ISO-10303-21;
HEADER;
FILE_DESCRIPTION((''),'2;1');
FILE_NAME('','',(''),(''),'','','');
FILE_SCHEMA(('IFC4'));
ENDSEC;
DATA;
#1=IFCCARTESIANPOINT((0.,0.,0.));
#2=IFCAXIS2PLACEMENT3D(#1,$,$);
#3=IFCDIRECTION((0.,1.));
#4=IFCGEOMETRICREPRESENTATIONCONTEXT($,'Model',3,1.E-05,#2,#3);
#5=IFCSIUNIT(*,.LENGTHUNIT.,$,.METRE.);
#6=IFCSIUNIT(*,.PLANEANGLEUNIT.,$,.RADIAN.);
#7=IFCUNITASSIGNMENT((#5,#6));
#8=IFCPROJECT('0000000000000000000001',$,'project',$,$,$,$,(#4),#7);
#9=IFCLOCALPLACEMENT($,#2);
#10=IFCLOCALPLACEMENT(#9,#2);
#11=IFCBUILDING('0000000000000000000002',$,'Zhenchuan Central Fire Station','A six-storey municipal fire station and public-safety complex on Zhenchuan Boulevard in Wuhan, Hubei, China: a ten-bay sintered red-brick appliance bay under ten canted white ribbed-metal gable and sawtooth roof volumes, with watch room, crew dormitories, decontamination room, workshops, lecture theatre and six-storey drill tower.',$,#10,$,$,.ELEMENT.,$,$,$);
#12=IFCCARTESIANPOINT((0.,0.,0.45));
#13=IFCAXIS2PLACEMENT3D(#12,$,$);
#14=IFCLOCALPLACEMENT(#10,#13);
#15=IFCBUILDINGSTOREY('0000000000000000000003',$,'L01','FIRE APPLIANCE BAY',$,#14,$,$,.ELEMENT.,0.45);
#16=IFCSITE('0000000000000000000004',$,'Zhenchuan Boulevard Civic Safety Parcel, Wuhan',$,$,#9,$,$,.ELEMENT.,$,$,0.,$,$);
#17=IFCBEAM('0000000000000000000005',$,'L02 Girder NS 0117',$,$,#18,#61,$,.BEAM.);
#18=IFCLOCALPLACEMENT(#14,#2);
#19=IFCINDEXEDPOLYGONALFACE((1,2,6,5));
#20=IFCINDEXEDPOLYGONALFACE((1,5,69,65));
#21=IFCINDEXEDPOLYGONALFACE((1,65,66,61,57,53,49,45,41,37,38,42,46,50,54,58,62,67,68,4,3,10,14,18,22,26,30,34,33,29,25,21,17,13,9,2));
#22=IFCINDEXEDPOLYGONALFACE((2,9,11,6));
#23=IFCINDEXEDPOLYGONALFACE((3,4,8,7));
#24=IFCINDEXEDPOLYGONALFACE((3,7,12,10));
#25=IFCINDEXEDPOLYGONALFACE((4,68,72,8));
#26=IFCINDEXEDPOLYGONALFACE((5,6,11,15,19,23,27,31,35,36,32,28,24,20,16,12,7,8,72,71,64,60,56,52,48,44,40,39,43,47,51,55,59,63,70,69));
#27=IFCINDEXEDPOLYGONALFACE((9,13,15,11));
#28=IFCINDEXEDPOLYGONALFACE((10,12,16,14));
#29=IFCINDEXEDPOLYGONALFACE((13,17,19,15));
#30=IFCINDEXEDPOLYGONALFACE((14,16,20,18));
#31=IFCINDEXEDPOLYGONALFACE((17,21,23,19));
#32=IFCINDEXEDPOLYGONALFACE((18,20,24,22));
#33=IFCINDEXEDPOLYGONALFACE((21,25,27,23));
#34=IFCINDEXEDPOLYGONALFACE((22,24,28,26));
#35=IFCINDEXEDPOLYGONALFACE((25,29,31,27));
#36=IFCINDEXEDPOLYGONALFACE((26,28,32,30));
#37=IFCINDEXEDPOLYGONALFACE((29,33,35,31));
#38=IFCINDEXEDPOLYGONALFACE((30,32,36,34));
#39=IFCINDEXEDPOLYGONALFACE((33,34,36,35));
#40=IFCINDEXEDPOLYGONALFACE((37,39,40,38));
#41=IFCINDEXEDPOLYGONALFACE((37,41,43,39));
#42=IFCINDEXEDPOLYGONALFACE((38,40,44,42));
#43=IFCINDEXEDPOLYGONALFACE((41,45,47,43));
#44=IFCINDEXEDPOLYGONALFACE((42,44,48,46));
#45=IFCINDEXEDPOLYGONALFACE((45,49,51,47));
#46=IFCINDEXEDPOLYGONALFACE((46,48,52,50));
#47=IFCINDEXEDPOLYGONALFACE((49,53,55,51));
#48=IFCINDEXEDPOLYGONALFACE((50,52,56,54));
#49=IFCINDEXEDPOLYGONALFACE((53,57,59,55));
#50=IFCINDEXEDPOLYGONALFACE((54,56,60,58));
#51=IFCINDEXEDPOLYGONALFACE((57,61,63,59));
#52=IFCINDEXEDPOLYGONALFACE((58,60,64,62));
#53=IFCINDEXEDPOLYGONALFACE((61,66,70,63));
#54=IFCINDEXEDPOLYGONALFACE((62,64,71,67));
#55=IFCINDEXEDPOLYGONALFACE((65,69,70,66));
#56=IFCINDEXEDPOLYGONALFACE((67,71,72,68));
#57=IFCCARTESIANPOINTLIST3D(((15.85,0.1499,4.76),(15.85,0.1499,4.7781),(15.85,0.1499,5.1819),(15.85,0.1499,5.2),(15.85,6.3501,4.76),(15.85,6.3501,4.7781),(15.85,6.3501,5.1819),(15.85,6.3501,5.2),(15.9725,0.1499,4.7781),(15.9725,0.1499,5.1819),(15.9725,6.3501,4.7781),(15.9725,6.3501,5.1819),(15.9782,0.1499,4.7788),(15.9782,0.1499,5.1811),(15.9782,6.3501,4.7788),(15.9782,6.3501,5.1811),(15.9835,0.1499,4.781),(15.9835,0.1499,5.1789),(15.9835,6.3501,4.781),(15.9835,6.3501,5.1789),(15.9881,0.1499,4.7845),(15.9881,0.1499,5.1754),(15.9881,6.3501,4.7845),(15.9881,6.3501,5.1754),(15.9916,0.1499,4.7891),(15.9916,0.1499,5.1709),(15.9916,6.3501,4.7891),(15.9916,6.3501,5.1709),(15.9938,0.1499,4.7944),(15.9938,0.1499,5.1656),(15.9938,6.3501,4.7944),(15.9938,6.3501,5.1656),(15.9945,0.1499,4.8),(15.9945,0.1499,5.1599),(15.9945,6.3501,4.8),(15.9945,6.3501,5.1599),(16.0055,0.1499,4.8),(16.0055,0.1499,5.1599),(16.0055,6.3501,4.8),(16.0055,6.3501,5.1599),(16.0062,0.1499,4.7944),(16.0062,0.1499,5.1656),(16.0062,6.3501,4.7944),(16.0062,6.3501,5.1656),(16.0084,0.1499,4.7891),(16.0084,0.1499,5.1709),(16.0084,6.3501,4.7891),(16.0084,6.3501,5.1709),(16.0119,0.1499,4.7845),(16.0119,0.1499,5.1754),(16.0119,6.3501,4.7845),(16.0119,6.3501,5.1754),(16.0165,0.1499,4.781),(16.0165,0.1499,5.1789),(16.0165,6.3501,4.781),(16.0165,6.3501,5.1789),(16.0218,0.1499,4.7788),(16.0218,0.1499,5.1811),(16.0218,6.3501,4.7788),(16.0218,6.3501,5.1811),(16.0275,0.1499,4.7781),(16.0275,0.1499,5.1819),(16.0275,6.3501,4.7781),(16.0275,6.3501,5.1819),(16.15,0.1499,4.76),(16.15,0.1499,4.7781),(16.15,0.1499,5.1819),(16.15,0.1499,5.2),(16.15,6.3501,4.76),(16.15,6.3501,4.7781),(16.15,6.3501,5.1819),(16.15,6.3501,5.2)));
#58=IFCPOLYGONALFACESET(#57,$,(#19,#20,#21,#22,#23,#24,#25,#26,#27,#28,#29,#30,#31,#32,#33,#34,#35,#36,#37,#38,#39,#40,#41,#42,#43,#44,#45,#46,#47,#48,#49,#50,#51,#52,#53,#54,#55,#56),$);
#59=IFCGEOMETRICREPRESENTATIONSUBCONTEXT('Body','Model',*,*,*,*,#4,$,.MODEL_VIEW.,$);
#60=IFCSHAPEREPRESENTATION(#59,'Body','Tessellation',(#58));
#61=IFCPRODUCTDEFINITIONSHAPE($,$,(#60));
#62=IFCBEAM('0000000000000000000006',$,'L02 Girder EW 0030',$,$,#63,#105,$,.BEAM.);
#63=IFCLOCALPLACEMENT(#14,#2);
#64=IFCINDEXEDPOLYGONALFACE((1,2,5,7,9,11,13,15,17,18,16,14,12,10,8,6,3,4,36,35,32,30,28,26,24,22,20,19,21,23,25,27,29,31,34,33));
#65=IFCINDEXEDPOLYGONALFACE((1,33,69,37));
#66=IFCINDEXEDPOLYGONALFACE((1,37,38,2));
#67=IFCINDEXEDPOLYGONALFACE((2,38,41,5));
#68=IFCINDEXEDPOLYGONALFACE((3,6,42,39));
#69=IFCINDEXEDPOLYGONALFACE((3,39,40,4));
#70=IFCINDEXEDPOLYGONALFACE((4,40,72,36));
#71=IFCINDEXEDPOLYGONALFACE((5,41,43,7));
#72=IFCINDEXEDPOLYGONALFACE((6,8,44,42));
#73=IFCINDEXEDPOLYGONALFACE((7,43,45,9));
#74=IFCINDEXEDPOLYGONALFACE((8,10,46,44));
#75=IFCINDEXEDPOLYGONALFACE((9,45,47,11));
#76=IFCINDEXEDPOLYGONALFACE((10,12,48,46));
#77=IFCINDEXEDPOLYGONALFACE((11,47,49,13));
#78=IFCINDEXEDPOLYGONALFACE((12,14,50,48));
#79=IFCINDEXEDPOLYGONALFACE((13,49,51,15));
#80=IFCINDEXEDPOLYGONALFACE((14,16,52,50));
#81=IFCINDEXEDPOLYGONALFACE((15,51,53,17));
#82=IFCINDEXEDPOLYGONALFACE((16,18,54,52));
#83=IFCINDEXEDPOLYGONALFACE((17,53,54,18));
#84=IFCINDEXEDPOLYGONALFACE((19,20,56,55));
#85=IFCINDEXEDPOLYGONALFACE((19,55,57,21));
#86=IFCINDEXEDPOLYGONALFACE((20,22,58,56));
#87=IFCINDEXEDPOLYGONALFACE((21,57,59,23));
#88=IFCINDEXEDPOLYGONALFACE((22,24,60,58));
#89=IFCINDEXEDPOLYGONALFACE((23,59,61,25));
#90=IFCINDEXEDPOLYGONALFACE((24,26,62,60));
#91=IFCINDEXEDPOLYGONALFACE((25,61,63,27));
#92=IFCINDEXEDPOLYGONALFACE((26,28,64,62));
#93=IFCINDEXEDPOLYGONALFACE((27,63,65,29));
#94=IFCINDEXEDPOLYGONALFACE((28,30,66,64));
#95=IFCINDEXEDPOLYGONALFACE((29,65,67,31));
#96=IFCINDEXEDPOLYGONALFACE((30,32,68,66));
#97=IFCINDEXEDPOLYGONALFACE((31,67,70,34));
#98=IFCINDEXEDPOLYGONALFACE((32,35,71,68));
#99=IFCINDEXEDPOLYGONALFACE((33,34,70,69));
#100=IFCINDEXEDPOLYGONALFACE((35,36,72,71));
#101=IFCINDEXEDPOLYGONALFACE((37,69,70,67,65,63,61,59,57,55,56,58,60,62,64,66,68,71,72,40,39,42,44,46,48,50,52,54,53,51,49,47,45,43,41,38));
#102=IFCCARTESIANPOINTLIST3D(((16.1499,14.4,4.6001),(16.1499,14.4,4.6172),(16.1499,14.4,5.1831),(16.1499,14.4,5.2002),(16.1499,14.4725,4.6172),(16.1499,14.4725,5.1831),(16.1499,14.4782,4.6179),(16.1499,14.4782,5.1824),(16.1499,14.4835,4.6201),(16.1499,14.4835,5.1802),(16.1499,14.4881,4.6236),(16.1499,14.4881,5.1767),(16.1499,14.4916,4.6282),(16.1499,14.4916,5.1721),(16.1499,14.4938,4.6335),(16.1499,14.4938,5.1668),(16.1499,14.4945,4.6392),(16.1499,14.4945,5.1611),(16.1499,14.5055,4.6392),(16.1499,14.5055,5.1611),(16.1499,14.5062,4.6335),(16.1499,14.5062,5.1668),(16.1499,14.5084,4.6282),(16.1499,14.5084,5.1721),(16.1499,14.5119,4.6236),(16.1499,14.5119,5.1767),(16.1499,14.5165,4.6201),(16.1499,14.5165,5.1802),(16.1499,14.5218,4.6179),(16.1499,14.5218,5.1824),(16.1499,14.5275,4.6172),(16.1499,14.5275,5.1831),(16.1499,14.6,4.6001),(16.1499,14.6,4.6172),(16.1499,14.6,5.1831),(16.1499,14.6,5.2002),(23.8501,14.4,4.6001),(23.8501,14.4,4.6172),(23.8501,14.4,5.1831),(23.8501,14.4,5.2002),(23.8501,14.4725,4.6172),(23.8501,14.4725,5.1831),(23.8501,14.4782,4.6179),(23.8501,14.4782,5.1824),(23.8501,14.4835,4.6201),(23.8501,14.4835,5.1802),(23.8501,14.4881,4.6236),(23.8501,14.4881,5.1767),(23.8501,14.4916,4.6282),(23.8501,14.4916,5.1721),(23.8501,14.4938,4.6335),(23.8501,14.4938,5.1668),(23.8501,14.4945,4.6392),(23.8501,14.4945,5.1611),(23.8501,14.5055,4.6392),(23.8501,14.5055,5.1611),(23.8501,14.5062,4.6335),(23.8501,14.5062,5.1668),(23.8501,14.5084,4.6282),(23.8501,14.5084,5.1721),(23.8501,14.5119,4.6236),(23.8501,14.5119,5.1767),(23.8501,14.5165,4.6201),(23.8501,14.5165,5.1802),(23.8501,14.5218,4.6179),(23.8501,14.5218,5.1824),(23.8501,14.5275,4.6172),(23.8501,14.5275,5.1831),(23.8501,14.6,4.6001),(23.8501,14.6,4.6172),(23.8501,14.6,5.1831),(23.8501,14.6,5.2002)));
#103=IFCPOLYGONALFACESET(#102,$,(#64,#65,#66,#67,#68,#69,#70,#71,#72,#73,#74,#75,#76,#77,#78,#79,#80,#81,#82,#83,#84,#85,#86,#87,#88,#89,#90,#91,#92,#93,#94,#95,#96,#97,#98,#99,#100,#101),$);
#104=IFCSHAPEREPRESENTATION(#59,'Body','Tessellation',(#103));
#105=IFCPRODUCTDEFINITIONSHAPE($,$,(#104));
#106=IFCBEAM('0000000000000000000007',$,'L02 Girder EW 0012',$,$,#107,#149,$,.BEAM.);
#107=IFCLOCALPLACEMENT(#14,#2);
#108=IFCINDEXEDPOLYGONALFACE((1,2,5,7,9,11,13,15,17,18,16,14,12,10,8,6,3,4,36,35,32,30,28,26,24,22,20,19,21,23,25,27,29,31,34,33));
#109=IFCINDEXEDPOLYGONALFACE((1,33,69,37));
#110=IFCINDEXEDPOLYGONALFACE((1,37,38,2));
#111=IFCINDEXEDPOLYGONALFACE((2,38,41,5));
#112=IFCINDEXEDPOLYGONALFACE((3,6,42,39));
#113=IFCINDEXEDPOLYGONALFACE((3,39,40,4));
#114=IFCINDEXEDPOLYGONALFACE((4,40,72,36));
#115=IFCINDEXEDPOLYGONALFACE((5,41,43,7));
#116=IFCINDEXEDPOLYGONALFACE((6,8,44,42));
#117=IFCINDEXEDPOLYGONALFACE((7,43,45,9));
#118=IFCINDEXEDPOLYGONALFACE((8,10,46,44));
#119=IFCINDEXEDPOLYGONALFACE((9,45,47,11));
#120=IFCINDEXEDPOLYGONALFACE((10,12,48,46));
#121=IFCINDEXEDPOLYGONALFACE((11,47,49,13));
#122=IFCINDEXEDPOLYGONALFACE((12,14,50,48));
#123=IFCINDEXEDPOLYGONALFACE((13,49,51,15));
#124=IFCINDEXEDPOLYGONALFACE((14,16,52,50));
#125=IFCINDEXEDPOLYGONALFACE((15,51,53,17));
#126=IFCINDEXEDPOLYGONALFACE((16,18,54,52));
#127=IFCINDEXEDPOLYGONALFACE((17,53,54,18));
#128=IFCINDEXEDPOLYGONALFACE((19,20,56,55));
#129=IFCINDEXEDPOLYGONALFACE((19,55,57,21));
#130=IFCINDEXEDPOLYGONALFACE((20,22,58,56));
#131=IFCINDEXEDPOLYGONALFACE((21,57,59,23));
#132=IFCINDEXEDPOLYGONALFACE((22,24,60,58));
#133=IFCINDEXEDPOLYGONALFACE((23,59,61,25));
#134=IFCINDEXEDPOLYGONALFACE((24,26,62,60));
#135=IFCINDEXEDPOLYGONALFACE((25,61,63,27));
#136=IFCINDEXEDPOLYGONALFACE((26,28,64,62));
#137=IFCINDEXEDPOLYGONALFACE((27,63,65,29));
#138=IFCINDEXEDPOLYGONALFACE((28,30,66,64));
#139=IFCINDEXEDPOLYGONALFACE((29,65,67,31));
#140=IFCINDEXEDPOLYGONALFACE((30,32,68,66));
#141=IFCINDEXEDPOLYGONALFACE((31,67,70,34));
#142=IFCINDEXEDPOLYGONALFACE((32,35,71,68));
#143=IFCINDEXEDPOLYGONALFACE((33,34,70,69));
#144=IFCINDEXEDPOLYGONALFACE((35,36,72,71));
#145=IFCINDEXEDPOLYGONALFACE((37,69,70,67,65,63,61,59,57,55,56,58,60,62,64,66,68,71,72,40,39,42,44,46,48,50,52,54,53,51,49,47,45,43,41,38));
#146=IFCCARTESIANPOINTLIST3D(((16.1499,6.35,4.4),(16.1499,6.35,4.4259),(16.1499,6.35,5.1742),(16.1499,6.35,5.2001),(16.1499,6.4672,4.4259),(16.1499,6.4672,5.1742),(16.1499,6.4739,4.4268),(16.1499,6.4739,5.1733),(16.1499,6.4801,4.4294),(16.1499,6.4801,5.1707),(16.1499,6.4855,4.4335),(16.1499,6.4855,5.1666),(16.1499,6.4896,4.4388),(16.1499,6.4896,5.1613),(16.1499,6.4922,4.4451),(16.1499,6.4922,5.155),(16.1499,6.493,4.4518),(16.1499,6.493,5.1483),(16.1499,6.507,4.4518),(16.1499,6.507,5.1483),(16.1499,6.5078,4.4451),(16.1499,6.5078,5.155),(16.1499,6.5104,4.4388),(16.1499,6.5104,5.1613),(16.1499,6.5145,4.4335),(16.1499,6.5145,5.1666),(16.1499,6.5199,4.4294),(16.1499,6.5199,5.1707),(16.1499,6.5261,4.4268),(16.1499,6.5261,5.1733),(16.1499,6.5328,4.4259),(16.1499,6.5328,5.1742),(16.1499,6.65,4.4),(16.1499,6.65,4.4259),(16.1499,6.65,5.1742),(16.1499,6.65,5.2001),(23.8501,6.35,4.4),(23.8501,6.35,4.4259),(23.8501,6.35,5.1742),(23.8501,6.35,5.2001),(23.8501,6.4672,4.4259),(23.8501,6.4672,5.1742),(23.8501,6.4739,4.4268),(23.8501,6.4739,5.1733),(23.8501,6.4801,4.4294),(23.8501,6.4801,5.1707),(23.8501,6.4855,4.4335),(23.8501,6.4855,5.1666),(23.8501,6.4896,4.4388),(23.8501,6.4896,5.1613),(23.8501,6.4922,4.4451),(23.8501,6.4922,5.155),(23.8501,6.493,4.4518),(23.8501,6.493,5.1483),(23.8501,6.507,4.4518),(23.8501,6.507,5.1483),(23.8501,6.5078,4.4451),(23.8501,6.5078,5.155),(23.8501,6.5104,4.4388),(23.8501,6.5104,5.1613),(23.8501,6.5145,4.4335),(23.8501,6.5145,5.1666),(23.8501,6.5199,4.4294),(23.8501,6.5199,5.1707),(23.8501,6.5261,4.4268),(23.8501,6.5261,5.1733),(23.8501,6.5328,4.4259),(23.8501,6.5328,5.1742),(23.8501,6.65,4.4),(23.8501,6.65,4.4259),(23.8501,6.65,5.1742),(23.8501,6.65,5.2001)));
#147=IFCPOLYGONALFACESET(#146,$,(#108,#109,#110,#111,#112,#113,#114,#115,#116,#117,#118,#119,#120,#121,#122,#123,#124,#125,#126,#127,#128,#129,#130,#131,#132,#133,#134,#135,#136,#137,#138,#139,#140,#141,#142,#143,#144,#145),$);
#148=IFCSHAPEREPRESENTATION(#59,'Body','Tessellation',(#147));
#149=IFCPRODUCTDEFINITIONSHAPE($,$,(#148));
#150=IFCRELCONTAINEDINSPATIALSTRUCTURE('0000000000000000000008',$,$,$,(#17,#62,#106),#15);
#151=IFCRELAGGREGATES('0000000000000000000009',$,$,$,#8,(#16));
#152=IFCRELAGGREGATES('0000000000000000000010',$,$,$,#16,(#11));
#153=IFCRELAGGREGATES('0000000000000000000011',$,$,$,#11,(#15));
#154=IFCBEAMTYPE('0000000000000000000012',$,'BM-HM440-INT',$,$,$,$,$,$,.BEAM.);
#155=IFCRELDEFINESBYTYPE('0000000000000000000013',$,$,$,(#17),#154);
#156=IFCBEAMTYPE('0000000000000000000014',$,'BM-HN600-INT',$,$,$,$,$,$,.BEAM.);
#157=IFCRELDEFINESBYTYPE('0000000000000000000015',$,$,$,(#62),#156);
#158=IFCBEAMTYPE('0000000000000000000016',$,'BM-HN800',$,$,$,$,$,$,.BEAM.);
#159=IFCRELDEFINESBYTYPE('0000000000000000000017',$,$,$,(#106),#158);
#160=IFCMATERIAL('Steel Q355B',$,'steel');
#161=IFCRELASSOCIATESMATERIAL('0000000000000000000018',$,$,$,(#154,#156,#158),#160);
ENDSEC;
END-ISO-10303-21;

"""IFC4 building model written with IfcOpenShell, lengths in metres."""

from ifc_helpers import new_model, si_unit, direction, frame, origin, origin_2d, place, context, subcontext, project, spatial, i_section, extrude, material, material_profile, profile_set, type_object, element, save


model = new_model("IFC4")

# Units and contexts
model_context = context("Model", 3, precision=1e-05, world=origin(), true_north=direction((0.0, 1.0)))
body_context = subcontext(model_context, "Body", "Model", "MODEL_VIEW")
ifc_project = project(units=[si_unit("LENGTHUNIT", "METRE"), si_unit("PLANEANGLEUNIT", "RADIAN")], contexts=[model_context])

# Site, building, storey
site_placement = place(None, origin())
site = spatial("IfcSite", under=ifc_project, at=site_placement, Name="Zhenchuan Boulevard Civic Safety Parcel, Wuhan", CompositionType="ELEMENT", RefElevation=0.0)
building_placement = place(site_placement, origin())
building = spatial("IfcBuilding", under=site, at=building_placement, Name="Zhenchuan Central Fire Station", Description="A six-storey municipal fire station and public-safety complex on Zhenchuan Boulevard in Wuhan, Hubei, China: a ten-bay sintered red-brick appliance bay under ten canted white ribbed-metal gable and sawtooth roof volumes, with watch room, crew dormitories, decontamination room, workshops, lecture theatre and six-storey drill tower.", CompositionType="ELEMENT")
storey_placement = place(building_placement, frame((0.0, 0.0, 0.45)))
storey = spatial("IfcBuildingStorey", under=building, at=storey_placement, Name="L01", Description="FIRE APPLIANCE BAY", CompositionType="ELEMENT", Elevation=0.45)

# Shared definitions
ifc_material_1 = material(Name="Steel Q355B", Category="steel")

# Beams
ifc_material_profile_1 = material_profile(ifc_material_1, i_section(OverallWidth=0.3, OverallDepth=0.4399, WebThickness=0.011, FlangeThickness=0.0181, FilletRadius=0.022, at=origin_2d()), Name="HM 440x300")
ifc_profile_set_1 = profile_set([ifc_material_profile_1], Name="Steel Q355B")
beam_type_1 = type_object("IfcBeamType", Name="BM-HM440-INT", PredefinedType="BEAM", material=ifc_profile_set_1)
beam_1_placement = place(storey_placement, frame((16.0, 0.1499, 4.98), z_axis=(0.0, 1.0, 0.0), x_axis=(-1.0, 0.0, 0.0)))
element("IfcBeam", 1, at=beam_1_placement, inside=storey, type_object=beam_type_1, Name="L02 Girder NS 0117", PredefinedType="BEAM", context=body_context, shape_type="SweptSolid", body=[
    extrude(i_section(OverallWidth=0.3, OverallDepth=0.4399, WebThickness=0.011, FlangeThickness=0.0181, FilletRadius=0.022, at=origin_2d()), origin(), (0.0, 0.0, 1.0), 6.2002),
])
ifc_material_profile_2 = material_profile(ifc_material_1, i_section(OverallWidth=0.2, OverallDepth=0.6001, WebThickness=0.011, FlangeThickness=0.0171, FilletRadius=0.022, at=origin_2d()), Name="HN 600x200")
ifc_profile_set_2 = profile_set([ifc_material_profile_2], Name="Steel Q355B")
beam_type_2 = type_object("IfcBeamType", Name="BM-HN600-INT", PredefinedType="BEAM", material=ifc_profile_set_2)
beam_2_placement = place(storey_placement, frame((16.1499, 14.5, 4.9001), z_axis=(1.0, 0.0, 0.0), x_axis=(0.0, 1.0, 0.0)))
element("IfcBeam", 2, at=beam_2_placement, inside=storey, type_object=beam_type_2, Name="L02 Girder EW 0030", PredefinedType="BEAM", context=body_context, shape_type="SweptSolid", body=[
    extrude(i_section(OverallWidth=0.2, OverallDepth=0.6001, WebThickness=0.011, FlangeThickness=0.0171, FilletRadius=0.022, at=origin_2d()), origin(), (0.0, 0.0, 1.0), 7.7002),
])
ifc_material_profile_3 = material_profile(ifc_material_1, i_section(OverallWidth=0.3, OverallDepth=0.8, WebThickness=0.0139, FlangeThickness=0.0259, FilletRadius=0.0259, at=origin_2d()), Name="HN 800x300")
ifc_profile_set_3 = profile_set([ifc_material_profile_3], Name="Steel Q355B")
beam_type_3 = type_object("IfcBeamType", Name="BM-HN800", PredefinedType="BEAM", material=ifc_profile_set_3)
beam_3_placement = place(storey_placement, frame((16.1499, 6.5, 4.8), z_axis=(1.0, 0.0, 0.0), x_axis=(0.0, 1.0, 0.0)))
element("IfcBeam", 3, at=beam_3_placement, inside=storey, type_object=beam_type_3, Name="L02 Girder EW 0012", PredefinedType="BEAM", context=body_context, shape_type="SweptSolid", body=[
    extrude(i_section(OverallWidth=0.3, OverallDepth=0.8, WebThickness=0.0139, FlangeThickness=0.0259, FilletRadius=0.0259, at=origin_2d()), origin(), (0.0, 0.0, 1.0), 7.7002),
])

save(model, "model.ifc")
